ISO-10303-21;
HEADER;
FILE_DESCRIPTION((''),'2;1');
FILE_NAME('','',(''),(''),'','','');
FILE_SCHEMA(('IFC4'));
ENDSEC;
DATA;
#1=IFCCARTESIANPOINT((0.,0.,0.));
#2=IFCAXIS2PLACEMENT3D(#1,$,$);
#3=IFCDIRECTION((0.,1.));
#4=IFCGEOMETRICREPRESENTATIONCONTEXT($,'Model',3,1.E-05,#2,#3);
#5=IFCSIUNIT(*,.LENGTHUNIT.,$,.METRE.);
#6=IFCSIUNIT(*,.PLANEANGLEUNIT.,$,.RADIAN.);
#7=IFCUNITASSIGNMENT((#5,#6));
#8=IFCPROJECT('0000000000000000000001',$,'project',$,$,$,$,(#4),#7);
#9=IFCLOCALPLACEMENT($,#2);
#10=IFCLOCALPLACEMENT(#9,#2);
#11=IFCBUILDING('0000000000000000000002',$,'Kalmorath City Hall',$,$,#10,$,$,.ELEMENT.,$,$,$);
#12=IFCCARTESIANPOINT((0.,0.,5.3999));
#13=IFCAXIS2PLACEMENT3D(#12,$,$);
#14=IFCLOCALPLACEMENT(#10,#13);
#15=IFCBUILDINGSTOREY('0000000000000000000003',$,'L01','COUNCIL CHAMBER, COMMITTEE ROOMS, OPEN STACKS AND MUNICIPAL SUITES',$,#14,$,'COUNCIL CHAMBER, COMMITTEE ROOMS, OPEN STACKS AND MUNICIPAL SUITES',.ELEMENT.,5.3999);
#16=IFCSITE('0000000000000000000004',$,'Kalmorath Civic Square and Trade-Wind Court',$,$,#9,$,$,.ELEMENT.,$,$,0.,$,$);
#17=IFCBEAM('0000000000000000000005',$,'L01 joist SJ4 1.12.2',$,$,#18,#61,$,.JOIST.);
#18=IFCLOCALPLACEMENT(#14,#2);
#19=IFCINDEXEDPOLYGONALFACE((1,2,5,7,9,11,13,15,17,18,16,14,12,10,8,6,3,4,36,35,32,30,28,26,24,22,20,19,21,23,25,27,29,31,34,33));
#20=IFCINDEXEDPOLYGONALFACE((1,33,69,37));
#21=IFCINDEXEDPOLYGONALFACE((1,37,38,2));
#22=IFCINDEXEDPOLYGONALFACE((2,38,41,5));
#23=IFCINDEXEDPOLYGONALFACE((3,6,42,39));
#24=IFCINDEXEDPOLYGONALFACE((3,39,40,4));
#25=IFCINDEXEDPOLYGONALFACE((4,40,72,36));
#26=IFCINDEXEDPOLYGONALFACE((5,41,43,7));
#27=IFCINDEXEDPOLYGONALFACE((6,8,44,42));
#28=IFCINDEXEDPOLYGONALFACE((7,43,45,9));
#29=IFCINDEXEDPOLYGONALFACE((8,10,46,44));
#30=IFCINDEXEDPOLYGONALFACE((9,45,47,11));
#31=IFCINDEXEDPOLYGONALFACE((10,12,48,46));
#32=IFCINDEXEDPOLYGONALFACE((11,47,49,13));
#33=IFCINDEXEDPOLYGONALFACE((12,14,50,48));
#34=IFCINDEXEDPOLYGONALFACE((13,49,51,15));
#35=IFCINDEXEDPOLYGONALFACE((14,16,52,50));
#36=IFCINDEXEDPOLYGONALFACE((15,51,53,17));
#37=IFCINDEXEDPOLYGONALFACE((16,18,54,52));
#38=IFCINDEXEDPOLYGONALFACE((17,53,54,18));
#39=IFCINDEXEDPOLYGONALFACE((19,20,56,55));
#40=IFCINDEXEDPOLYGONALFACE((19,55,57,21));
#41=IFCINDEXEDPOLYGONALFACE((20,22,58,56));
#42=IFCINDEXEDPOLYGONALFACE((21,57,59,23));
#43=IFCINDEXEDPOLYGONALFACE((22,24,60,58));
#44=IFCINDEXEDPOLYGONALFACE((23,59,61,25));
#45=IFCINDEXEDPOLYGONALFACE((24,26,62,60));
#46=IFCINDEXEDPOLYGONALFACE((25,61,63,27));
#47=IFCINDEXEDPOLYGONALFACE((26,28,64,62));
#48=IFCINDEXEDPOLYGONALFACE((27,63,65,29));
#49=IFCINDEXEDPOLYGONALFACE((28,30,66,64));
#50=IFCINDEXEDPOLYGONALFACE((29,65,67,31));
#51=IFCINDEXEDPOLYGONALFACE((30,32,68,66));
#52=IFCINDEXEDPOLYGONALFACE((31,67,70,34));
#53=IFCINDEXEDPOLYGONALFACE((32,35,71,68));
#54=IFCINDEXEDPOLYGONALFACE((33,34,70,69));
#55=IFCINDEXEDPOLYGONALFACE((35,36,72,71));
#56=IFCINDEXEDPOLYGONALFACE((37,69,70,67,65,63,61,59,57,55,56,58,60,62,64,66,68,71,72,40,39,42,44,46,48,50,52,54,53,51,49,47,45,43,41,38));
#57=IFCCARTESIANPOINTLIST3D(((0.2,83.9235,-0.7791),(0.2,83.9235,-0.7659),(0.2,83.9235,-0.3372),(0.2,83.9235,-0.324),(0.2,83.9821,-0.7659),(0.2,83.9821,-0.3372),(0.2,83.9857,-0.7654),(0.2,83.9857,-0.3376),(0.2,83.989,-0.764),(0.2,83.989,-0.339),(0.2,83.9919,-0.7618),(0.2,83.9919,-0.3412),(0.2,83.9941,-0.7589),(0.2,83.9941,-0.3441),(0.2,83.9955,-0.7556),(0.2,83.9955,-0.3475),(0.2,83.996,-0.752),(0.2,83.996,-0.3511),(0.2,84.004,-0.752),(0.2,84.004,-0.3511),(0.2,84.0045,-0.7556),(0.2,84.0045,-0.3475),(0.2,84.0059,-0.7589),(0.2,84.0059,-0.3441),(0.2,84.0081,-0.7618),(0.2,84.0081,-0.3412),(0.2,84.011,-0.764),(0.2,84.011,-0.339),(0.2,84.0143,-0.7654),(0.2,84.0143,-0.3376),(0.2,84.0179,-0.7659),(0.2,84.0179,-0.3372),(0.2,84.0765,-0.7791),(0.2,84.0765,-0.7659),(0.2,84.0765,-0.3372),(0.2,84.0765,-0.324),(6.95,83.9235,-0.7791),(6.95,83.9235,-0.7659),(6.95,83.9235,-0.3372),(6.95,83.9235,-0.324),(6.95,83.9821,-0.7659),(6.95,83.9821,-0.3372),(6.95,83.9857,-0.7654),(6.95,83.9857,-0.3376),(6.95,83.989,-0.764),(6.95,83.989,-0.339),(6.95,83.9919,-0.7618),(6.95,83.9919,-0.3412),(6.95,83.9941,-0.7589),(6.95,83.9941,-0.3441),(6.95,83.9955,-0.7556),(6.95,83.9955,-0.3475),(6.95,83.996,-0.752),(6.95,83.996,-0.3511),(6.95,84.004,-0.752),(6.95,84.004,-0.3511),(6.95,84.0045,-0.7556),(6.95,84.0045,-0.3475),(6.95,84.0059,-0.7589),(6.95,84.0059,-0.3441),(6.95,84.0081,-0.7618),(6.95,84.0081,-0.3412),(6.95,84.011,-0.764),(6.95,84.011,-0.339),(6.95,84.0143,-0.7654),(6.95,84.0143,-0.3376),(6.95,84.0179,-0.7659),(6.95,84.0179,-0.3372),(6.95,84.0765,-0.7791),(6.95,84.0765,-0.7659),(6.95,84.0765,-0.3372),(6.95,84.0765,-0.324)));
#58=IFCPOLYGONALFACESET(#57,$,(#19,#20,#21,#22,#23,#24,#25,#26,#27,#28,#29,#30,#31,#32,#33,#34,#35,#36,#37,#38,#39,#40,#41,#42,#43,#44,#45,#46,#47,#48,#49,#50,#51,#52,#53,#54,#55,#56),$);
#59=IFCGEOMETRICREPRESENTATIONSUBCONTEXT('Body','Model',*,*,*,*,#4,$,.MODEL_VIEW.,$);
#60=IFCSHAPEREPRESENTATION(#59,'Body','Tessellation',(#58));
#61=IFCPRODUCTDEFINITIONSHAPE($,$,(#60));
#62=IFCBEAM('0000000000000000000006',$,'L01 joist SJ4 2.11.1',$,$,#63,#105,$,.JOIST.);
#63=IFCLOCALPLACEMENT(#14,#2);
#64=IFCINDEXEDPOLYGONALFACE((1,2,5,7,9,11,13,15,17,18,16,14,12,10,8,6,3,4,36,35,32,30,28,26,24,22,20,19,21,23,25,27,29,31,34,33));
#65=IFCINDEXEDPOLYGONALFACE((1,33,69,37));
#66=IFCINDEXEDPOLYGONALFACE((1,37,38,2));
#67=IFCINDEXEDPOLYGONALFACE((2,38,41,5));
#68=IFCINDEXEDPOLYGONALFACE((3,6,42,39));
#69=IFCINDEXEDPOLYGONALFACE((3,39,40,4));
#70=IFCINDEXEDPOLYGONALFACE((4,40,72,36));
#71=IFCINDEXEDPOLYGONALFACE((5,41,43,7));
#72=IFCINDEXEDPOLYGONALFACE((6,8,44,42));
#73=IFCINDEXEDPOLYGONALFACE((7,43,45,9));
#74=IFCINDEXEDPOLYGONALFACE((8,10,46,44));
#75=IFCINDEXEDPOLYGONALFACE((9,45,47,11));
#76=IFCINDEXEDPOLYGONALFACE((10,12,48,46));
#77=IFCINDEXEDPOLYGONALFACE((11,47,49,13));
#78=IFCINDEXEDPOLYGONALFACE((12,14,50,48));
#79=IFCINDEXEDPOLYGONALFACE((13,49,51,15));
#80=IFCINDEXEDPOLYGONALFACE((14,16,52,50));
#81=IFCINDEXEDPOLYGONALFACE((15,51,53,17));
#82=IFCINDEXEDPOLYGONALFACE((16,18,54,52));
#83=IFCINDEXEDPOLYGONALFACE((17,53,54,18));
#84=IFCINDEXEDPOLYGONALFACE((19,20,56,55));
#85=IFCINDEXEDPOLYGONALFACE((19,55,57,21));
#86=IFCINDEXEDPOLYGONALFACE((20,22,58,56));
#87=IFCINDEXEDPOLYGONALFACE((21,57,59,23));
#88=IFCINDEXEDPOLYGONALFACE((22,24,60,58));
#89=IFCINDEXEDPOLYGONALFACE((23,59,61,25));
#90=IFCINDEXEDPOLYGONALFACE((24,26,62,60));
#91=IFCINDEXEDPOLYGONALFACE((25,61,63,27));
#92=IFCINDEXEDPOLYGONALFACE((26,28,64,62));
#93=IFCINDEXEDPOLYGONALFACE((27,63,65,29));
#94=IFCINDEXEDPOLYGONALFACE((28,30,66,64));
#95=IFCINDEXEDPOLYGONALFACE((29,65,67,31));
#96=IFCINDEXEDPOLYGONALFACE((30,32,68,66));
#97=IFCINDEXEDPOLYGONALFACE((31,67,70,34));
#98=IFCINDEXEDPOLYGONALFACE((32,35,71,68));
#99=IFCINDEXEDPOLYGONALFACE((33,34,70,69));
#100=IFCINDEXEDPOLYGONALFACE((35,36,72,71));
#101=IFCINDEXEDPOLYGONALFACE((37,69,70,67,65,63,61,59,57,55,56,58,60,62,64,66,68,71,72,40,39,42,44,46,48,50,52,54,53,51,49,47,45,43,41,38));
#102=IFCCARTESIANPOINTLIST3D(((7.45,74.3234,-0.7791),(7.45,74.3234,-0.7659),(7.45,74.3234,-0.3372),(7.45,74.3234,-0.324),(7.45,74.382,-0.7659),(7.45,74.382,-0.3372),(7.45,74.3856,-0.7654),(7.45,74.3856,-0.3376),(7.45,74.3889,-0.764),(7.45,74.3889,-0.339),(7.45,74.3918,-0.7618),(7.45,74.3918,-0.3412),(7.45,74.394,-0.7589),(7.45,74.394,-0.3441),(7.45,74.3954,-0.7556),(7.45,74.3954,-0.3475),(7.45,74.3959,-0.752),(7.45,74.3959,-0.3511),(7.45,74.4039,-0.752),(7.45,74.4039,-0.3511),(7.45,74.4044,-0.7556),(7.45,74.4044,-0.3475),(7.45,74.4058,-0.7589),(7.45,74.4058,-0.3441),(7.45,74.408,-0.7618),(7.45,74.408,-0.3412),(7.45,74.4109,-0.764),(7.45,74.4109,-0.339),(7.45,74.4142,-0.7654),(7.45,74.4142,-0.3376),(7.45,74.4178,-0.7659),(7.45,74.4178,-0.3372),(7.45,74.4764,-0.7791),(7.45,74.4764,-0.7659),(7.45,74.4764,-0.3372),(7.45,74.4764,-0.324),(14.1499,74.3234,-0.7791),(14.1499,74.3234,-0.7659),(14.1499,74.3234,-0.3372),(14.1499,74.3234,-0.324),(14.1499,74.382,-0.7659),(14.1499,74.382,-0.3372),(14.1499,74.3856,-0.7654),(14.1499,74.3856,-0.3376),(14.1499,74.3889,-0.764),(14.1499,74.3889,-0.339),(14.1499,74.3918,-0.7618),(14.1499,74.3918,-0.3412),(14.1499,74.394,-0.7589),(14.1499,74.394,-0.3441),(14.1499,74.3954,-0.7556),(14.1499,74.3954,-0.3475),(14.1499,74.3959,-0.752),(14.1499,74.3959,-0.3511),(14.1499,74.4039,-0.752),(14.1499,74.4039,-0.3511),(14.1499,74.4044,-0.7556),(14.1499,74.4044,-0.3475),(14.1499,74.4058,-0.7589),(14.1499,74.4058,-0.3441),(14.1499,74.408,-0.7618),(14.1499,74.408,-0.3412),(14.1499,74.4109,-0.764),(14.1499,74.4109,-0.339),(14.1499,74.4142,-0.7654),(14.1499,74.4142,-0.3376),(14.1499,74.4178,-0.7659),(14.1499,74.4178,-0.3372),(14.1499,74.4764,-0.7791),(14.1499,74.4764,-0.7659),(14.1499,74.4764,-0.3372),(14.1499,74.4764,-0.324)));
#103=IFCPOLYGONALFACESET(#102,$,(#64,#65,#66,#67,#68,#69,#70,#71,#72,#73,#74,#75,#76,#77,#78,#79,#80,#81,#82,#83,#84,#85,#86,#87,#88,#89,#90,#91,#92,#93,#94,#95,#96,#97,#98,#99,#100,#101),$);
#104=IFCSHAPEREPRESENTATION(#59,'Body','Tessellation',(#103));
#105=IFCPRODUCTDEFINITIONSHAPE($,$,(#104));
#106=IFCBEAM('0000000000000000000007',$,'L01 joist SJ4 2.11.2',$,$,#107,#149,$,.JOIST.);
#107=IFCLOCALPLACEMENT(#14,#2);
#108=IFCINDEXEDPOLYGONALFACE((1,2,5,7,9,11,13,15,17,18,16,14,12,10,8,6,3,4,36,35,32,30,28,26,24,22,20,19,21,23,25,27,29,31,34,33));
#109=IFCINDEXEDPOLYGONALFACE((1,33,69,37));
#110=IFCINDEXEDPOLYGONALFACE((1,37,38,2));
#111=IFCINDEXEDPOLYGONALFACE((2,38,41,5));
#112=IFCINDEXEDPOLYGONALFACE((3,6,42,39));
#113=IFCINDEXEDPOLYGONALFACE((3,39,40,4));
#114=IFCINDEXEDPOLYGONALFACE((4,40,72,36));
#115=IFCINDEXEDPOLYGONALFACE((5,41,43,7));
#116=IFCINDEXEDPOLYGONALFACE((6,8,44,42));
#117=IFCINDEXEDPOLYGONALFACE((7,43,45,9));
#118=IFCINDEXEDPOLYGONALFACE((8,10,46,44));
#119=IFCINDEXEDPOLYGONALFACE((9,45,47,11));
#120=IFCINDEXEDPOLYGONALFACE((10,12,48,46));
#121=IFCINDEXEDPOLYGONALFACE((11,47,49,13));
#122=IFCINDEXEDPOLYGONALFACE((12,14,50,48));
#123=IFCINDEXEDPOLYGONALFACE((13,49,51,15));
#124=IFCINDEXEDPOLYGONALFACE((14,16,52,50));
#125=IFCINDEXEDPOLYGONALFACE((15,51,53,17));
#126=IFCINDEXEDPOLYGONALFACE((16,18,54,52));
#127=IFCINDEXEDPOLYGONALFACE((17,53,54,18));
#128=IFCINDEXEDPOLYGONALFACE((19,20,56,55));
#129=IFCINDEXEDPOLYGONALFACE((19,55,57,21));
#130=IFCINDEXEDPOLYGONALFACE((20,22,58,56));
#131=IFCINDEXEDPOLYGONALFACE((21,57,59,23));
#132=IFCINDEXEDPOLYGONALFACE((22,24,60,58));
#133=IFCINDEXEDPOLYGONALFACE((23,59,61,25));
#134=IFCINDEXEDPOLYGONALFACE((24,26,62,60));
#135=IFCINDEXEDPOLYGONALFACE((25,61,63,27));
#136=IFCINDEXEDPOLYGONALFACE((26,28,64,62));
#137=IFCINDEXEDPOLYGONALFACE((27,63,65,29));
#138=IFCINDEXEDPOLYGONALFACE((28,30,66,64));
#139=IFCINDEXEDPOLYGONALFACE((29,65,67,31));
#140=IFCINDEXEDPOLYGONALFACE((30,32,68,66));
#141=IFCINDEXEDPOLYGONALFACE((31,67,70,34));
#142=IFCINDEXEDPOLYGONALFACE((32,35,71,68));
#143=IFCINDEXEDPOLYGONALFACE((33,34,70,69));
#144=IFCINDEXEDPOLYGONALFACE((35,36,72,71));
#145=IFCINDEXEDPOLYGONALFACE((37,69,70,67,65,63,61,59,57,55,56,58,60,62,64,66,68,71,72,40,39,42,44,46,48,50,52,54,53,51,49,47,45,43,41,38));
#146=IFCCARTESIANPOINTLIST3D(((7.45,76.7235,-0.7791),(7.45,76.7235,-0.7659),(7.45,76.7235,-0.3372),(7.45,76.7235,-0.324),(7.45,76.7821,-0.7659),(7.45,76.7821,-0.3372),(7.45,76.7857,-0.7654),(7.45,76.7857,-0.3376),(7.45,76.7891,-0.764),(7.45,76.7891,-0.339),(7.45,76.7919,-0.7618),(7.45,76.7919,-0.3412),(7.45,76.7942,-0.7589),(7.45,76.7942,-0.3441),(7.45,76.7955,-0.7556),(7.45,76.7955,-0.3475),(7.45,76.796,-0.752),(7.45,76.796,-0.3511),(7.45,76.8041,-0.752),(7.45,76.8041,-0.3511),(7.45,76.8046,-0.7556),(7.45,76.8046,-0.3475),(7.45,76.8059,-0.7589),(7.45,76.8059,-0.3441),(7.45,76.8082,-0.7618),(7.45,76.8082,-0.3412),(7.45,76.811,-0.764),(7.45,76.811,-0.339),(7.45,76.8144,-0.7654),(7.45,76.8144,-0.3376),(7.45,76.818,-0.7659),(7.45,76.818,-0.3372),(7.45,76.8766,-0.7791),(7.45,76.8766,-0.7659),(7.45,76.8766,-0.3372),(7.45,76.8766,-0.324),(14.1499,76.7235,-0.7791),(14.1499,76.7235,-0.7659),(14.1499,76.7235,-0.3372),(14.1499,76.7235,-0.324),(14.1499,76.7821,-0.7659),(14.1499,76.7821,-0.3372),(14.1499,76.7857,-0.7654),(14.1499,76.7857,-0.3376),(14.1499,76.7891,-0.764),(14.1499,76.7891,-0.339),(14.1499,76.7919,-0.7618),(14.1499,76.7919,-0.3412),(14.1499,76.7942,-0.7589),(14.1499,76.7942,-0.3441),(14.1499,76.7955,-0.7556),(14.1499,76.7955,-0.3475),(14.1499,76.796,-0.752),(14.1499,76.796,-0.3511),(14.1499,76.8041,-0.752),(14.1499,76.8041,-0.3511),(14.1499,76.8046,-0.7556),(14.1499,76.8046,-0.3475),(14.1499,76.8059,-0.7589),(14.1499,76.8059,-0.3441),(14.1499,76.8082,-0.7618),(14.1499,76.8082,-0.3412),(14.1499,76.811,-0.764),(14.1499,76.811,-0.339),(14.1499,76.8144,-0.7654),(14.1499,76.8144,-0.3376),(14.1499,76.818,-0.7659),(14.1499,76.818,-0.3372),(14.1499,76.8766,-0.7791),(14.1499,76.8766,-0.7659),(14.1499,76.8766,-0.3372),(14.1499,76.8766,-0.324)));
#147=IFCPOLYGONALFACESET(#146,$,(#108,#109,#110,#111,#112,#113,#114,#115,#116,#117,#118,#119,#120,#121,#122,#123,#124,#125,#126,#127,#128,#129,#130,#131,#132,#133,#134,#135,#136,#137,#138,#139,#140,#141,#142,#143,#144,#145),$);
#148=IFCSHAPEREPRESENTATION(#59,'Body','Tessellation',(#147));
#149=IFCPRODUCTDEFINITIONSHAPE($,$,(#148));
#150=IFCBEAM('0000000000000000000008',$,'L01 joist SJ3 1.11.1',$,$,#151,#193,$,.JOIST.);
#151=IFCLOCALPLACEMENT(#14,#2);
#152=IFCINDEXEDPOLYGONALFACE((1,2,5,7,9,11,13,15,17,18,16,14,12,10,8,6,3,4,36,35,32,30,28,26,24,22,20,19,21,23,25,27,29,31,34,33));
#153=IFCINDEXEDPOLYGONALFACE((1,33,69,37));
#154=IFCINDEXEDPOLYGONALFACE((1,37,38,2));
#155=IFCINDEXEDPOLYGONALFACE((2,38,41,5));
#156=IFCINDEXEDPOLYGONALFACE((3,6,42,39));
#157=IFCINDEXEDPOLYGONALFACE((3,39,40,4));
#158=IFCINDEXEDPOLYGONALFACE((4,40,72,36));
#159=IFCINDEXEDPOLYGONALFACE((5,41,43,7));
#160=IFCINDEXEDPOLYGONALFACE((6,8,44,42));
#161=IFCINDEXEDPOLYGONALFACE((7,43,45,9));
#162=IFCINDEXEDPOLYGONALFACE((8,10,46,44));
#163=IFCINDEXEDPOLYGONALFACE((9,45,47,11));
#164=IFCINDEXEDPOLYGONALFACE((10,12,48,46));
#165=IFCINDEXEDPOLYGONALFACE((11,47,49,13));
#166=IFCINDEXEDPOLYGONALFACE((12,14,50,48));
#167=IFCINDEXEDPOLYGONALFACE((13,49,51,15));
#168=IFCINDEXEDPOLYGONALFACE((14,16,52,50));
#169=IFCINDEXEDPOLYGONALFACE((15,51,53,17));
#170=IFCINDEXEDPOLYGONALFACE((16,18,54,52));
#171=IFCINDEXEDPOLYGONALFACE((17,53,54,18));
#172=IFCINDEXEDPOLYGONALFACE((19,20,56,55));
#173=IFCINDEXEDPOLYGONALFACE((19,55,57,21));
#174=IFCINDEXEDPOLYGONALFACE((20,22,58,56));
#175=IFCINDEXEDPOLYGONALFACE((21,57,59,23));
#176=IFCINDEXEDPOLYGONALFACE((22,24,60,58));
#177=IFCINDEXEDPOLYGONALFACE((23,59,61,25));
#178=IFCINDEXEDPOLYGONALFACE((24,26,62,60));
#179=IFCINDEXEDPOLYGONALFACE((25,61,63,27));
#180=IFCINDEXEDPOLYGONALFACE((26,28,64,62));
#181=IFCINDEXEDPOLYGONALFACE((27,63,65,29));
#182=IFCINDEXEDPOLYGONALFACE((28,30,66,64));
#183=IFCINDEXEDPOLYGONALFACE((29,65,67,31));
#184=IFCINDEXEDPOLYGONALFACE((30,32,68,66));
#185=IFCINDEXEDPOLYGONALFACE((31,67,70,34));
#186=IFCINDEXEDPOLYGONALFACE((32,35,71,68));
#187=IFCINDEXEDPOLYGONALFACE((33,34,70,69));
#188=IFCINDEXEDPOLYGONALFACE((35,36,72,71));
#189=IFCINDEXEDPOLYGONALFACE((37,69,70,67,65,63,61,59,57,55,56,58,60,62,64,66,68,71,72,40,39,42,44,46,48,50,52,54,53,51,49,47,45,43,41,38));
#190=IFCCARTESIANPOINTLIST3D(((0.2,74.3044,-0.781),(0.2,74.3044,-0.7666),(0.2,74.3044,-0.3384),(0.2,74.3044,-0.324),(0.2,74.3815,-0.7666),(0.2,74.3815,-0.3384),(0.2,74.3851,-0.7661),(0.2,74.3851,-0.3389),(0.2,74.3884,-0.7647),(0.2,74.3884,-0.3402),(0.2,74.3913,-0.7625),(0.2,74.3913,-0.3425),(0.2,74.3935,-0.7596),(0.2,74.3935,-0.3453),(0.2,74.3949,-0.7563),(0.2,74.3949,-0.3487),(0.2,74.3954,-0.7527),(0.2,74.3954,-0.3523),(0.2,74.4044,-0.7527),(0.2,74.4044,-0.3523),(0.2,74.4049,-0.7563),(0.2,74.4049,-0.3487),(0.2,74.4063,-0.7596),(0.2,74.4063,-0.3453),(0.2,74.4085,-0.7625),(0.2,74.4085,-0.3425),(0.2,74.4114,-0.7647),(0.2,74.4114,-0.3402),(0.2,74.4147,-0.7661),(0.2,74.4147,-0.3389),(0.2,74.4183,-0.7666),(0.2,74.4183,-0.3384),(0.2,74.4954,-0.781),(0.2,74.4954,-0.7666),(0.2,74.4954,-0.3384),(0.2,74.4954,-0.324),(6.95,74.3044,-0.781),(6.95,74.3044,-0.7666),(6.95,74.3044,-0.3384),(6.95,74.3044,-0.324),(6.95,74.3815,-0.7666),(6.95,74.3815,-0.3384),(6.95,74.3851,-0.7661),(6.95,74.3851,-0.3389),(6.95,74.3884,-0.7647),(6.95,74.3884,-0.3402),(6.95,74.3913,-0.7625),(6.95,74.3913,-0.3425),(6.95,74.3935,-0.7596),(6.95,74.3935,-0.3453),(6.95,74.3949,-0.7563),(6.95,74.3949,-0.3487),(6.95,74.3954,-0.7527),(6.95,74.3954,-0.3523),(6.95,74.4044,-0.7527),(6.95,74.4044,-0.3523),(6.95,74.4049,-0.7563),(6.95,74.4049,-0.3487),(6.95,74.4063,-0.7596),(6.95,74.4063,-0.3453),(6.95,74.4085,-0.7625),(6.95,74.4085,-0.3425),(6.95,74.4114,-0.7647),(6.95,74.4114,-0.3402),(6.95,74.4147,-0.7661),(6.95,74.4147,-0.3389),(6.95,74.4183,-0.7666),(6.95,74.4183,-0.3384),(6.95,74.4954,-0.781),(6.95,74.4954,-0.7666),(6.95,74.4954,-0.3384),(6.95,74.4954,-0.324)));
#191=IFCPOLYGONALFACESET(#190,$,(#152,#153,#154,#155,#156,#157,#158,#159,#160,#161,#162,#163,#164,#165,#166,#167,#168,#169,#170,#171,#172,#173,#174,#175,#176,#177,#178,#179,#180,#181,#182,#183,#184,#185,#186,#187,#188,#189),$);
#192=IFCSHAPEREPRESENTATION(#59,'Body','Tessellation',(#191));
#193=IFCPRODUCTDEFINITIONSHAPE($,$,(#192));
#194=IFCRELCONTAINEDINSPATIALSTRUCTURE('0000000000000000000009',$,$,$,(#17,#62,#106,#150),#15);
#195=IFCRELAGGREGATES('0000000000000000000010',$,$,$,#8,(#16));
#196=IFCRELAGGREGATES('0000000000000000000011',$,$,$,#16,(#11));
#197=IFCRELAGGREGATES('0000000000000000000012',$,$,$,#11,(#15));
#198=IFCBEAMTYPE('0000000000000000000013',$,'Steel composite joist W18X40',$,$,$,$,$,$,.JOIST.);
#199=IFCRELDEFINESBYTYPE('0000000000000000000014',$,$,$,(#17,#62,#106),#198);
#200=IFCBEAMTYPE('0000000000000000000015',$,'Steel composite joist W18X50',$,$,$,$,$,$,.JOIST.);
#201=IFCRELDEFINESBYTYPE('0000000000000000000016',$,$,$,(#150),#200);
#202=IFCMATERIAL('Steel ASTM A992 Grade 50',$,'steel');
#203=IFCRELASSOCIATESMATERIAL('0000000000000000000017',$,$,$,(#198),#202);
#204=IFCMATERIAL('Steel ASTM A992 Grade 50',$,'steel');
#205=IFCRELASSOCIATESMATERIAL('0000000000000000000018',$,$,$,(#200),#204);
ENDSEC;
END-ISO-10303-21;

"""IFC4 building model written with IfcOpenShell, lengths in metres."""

from ifc_helpers import new_model, si_unit, direction, frame, origin, origin_2d, place, context, subcontext, project, spatial, i_section, extrude, material, material_profile, profile_set, type_object, element, save


model = new_model("IFC4")

# Units and contexts
model_context = context("Model", 3, precision=1e-05, world=origin(), true_north=direction((0.0, 1.0)))
body_context = subcontext(model_context, "Body", "Model", "MODEL_VIEW")
ifc_project = project(units=[si_unit("LENGTHUNIT", "METRE"), si_unit("PLANEANGLEUNIT", "RADIAN")], contexts=[model_context])

# Site, building, storey
site_placement = place(None, origin())
site = spatial("IfcSite", under=ifc_project, at=site_placement, Name="Kalmorath Civic Square and Trade-Wind Court", CompositionType="ELEMENT", RefElevation=0.0)
building_placement = place(site_placement, origin())
building = spatial("IfcBuilding", under=site, at=building_placement, Name="Kalmorath City Hall", CompositionType="ELEMENT")
storey_placement = place(building_placement, frame((0.0, 0.0, 5.3999)))
storey = spatial("IfcBuildingStorey", under=building, at=storey_placement, Name="L01", Description="COUNCIL CHAMBER, COMMITTEE ROOMS, OPEN STACKS AND MUNICIPAL SUITES", LongName="COUNCIL CHAMBER, COMMITTEE ROOMS, OPEN STACKS AND MUNICIPAL SUITES", CompositionType="ELEMENT", Elevation=5.3999)

# Beams
ifc_material_1 = material(Name="Steel ASTM A992 Grade 50", Category="steel")
ifc_material_profile_1 = material_profile(ifc_material_1, i_section(OverallWidth=0.1531, OverallDepth=0.4551, WebThickness=0.0081, FlangeThickness=0.0132, FilletRadius=0.0139, at=origin_2d()), Name="W18X40")
ifc_profile_set_1 = profile_set([ifc_material_profile_1], Name="Steel ASTM A992 Grade 50")
beam_type_1 = type_object("IfcBeamType", Name="Steel composite joist W18X40", PredefinedType="JOIST", material=ifc_profile_set_1)
for number, where, z_axis, x_axis, name in (
    (1, (0.2, 84.0, -0.5515), (1.0, 0.0, 0.0), (0.0, 1.0, 0.0), "L01 joist SJ4 1.12.2"),
):
    element("IfcBeam", number, at=place(storey_placement, frame(where, z_axis=z_axis, x_axis=x_axis)), inside=storey, type_object=beam_type_1, Name=name, PredefinedType="JOIST", context=body_context, shape_type="SweptSolid", body=[
        extrude(i_section(OverallWidth=0.1531, OverallDepth=0.4551, WebThickness=0.0081, FlangeThickness=0.0132, FilletRadius=0.0139, at=origin_2d()), origin(), (0.0, 0.0, 1.0), 6.75),
    ])
for number, where, z_axis, x_axis, name in (
    (2, (7.45, 74.3999, -0.5515), (1.0, 0.0, 0.0), (0.0, 1.0, 0.0), "L01 joist SJ4 2.11.1"),
    (3, (7.45, 76.8, -0.5515), (1.0, 0.0, 0.0), (0.0, 1.0, 0.0), "L01 joist SJ4 2.11.2"),
):
    element("IfcBeam", number, at=place(storey_placement, frame(where, z_axis=z_axis, x_axis=x_axis)), inside=storey, type_object=beam_type_1, Name=name, PredefinedType="JOIST", context=body_context, shape_type="SweptSolid", body=[
        extrude(i_section(OverallWidth=0.1531, OverallDepth=0.4551, WebThickness=0.0081, FlangeThickness=0.0132, FilletRadius=0.0139, at=origin_2d()), origin(), (0.0, 0.0, 1.0), 6.7),
    ])
ifc_material_2 = material(Name="Steel ASTM A992 Grade 50", Category="steel")
ifc_material_profile_2 = material_profile(ifc_material_2, i_section(OverallWidth=0.1909, OverallDepth=0.457, WebThickness=0.009, FlangeThickness=0.0144, FilletRadius=0.0139, at=origin_2d()), Name="W18X50")
ifc_profile_set_2 = profile_set([ifc_material_profile_2], Name="Steel ASTM A992 Grade 50")
beam_type_2 = type_object("IfcBeamType", Name="Steel composite joist W18X50", PredefinedType="JOIST", material=ifc_profile_set_2)
for number, where, z_axis, x_axis, name in (
    (4, (0.2, 74.3999, -0.5525), (1.0, 0.0, 0.0), (0.0, 1.0, 0.0), "L01 joist SJ3 1.11.1"),
):
    element("IfcBeam", number, at=place(storey_placement, frame(where, z_axis=z_axis, x_axis=x_axis)), inside=storey, type_object=beam_type_2, Name=name, PredefinedType="JOIST", context=body_context, shape_type="SweptSolid", body=[
        extrude(i_section(OverallWidth=0.1909, OverallDepth=0.457, WebThickness=0.009, FlangeThickness=0.0144, FilletRadius=0.0139, at=origin_2d()), origin(), (0.0, 0.0, 1.0), 6.75),
    ])

save(model, "model.ifc")
